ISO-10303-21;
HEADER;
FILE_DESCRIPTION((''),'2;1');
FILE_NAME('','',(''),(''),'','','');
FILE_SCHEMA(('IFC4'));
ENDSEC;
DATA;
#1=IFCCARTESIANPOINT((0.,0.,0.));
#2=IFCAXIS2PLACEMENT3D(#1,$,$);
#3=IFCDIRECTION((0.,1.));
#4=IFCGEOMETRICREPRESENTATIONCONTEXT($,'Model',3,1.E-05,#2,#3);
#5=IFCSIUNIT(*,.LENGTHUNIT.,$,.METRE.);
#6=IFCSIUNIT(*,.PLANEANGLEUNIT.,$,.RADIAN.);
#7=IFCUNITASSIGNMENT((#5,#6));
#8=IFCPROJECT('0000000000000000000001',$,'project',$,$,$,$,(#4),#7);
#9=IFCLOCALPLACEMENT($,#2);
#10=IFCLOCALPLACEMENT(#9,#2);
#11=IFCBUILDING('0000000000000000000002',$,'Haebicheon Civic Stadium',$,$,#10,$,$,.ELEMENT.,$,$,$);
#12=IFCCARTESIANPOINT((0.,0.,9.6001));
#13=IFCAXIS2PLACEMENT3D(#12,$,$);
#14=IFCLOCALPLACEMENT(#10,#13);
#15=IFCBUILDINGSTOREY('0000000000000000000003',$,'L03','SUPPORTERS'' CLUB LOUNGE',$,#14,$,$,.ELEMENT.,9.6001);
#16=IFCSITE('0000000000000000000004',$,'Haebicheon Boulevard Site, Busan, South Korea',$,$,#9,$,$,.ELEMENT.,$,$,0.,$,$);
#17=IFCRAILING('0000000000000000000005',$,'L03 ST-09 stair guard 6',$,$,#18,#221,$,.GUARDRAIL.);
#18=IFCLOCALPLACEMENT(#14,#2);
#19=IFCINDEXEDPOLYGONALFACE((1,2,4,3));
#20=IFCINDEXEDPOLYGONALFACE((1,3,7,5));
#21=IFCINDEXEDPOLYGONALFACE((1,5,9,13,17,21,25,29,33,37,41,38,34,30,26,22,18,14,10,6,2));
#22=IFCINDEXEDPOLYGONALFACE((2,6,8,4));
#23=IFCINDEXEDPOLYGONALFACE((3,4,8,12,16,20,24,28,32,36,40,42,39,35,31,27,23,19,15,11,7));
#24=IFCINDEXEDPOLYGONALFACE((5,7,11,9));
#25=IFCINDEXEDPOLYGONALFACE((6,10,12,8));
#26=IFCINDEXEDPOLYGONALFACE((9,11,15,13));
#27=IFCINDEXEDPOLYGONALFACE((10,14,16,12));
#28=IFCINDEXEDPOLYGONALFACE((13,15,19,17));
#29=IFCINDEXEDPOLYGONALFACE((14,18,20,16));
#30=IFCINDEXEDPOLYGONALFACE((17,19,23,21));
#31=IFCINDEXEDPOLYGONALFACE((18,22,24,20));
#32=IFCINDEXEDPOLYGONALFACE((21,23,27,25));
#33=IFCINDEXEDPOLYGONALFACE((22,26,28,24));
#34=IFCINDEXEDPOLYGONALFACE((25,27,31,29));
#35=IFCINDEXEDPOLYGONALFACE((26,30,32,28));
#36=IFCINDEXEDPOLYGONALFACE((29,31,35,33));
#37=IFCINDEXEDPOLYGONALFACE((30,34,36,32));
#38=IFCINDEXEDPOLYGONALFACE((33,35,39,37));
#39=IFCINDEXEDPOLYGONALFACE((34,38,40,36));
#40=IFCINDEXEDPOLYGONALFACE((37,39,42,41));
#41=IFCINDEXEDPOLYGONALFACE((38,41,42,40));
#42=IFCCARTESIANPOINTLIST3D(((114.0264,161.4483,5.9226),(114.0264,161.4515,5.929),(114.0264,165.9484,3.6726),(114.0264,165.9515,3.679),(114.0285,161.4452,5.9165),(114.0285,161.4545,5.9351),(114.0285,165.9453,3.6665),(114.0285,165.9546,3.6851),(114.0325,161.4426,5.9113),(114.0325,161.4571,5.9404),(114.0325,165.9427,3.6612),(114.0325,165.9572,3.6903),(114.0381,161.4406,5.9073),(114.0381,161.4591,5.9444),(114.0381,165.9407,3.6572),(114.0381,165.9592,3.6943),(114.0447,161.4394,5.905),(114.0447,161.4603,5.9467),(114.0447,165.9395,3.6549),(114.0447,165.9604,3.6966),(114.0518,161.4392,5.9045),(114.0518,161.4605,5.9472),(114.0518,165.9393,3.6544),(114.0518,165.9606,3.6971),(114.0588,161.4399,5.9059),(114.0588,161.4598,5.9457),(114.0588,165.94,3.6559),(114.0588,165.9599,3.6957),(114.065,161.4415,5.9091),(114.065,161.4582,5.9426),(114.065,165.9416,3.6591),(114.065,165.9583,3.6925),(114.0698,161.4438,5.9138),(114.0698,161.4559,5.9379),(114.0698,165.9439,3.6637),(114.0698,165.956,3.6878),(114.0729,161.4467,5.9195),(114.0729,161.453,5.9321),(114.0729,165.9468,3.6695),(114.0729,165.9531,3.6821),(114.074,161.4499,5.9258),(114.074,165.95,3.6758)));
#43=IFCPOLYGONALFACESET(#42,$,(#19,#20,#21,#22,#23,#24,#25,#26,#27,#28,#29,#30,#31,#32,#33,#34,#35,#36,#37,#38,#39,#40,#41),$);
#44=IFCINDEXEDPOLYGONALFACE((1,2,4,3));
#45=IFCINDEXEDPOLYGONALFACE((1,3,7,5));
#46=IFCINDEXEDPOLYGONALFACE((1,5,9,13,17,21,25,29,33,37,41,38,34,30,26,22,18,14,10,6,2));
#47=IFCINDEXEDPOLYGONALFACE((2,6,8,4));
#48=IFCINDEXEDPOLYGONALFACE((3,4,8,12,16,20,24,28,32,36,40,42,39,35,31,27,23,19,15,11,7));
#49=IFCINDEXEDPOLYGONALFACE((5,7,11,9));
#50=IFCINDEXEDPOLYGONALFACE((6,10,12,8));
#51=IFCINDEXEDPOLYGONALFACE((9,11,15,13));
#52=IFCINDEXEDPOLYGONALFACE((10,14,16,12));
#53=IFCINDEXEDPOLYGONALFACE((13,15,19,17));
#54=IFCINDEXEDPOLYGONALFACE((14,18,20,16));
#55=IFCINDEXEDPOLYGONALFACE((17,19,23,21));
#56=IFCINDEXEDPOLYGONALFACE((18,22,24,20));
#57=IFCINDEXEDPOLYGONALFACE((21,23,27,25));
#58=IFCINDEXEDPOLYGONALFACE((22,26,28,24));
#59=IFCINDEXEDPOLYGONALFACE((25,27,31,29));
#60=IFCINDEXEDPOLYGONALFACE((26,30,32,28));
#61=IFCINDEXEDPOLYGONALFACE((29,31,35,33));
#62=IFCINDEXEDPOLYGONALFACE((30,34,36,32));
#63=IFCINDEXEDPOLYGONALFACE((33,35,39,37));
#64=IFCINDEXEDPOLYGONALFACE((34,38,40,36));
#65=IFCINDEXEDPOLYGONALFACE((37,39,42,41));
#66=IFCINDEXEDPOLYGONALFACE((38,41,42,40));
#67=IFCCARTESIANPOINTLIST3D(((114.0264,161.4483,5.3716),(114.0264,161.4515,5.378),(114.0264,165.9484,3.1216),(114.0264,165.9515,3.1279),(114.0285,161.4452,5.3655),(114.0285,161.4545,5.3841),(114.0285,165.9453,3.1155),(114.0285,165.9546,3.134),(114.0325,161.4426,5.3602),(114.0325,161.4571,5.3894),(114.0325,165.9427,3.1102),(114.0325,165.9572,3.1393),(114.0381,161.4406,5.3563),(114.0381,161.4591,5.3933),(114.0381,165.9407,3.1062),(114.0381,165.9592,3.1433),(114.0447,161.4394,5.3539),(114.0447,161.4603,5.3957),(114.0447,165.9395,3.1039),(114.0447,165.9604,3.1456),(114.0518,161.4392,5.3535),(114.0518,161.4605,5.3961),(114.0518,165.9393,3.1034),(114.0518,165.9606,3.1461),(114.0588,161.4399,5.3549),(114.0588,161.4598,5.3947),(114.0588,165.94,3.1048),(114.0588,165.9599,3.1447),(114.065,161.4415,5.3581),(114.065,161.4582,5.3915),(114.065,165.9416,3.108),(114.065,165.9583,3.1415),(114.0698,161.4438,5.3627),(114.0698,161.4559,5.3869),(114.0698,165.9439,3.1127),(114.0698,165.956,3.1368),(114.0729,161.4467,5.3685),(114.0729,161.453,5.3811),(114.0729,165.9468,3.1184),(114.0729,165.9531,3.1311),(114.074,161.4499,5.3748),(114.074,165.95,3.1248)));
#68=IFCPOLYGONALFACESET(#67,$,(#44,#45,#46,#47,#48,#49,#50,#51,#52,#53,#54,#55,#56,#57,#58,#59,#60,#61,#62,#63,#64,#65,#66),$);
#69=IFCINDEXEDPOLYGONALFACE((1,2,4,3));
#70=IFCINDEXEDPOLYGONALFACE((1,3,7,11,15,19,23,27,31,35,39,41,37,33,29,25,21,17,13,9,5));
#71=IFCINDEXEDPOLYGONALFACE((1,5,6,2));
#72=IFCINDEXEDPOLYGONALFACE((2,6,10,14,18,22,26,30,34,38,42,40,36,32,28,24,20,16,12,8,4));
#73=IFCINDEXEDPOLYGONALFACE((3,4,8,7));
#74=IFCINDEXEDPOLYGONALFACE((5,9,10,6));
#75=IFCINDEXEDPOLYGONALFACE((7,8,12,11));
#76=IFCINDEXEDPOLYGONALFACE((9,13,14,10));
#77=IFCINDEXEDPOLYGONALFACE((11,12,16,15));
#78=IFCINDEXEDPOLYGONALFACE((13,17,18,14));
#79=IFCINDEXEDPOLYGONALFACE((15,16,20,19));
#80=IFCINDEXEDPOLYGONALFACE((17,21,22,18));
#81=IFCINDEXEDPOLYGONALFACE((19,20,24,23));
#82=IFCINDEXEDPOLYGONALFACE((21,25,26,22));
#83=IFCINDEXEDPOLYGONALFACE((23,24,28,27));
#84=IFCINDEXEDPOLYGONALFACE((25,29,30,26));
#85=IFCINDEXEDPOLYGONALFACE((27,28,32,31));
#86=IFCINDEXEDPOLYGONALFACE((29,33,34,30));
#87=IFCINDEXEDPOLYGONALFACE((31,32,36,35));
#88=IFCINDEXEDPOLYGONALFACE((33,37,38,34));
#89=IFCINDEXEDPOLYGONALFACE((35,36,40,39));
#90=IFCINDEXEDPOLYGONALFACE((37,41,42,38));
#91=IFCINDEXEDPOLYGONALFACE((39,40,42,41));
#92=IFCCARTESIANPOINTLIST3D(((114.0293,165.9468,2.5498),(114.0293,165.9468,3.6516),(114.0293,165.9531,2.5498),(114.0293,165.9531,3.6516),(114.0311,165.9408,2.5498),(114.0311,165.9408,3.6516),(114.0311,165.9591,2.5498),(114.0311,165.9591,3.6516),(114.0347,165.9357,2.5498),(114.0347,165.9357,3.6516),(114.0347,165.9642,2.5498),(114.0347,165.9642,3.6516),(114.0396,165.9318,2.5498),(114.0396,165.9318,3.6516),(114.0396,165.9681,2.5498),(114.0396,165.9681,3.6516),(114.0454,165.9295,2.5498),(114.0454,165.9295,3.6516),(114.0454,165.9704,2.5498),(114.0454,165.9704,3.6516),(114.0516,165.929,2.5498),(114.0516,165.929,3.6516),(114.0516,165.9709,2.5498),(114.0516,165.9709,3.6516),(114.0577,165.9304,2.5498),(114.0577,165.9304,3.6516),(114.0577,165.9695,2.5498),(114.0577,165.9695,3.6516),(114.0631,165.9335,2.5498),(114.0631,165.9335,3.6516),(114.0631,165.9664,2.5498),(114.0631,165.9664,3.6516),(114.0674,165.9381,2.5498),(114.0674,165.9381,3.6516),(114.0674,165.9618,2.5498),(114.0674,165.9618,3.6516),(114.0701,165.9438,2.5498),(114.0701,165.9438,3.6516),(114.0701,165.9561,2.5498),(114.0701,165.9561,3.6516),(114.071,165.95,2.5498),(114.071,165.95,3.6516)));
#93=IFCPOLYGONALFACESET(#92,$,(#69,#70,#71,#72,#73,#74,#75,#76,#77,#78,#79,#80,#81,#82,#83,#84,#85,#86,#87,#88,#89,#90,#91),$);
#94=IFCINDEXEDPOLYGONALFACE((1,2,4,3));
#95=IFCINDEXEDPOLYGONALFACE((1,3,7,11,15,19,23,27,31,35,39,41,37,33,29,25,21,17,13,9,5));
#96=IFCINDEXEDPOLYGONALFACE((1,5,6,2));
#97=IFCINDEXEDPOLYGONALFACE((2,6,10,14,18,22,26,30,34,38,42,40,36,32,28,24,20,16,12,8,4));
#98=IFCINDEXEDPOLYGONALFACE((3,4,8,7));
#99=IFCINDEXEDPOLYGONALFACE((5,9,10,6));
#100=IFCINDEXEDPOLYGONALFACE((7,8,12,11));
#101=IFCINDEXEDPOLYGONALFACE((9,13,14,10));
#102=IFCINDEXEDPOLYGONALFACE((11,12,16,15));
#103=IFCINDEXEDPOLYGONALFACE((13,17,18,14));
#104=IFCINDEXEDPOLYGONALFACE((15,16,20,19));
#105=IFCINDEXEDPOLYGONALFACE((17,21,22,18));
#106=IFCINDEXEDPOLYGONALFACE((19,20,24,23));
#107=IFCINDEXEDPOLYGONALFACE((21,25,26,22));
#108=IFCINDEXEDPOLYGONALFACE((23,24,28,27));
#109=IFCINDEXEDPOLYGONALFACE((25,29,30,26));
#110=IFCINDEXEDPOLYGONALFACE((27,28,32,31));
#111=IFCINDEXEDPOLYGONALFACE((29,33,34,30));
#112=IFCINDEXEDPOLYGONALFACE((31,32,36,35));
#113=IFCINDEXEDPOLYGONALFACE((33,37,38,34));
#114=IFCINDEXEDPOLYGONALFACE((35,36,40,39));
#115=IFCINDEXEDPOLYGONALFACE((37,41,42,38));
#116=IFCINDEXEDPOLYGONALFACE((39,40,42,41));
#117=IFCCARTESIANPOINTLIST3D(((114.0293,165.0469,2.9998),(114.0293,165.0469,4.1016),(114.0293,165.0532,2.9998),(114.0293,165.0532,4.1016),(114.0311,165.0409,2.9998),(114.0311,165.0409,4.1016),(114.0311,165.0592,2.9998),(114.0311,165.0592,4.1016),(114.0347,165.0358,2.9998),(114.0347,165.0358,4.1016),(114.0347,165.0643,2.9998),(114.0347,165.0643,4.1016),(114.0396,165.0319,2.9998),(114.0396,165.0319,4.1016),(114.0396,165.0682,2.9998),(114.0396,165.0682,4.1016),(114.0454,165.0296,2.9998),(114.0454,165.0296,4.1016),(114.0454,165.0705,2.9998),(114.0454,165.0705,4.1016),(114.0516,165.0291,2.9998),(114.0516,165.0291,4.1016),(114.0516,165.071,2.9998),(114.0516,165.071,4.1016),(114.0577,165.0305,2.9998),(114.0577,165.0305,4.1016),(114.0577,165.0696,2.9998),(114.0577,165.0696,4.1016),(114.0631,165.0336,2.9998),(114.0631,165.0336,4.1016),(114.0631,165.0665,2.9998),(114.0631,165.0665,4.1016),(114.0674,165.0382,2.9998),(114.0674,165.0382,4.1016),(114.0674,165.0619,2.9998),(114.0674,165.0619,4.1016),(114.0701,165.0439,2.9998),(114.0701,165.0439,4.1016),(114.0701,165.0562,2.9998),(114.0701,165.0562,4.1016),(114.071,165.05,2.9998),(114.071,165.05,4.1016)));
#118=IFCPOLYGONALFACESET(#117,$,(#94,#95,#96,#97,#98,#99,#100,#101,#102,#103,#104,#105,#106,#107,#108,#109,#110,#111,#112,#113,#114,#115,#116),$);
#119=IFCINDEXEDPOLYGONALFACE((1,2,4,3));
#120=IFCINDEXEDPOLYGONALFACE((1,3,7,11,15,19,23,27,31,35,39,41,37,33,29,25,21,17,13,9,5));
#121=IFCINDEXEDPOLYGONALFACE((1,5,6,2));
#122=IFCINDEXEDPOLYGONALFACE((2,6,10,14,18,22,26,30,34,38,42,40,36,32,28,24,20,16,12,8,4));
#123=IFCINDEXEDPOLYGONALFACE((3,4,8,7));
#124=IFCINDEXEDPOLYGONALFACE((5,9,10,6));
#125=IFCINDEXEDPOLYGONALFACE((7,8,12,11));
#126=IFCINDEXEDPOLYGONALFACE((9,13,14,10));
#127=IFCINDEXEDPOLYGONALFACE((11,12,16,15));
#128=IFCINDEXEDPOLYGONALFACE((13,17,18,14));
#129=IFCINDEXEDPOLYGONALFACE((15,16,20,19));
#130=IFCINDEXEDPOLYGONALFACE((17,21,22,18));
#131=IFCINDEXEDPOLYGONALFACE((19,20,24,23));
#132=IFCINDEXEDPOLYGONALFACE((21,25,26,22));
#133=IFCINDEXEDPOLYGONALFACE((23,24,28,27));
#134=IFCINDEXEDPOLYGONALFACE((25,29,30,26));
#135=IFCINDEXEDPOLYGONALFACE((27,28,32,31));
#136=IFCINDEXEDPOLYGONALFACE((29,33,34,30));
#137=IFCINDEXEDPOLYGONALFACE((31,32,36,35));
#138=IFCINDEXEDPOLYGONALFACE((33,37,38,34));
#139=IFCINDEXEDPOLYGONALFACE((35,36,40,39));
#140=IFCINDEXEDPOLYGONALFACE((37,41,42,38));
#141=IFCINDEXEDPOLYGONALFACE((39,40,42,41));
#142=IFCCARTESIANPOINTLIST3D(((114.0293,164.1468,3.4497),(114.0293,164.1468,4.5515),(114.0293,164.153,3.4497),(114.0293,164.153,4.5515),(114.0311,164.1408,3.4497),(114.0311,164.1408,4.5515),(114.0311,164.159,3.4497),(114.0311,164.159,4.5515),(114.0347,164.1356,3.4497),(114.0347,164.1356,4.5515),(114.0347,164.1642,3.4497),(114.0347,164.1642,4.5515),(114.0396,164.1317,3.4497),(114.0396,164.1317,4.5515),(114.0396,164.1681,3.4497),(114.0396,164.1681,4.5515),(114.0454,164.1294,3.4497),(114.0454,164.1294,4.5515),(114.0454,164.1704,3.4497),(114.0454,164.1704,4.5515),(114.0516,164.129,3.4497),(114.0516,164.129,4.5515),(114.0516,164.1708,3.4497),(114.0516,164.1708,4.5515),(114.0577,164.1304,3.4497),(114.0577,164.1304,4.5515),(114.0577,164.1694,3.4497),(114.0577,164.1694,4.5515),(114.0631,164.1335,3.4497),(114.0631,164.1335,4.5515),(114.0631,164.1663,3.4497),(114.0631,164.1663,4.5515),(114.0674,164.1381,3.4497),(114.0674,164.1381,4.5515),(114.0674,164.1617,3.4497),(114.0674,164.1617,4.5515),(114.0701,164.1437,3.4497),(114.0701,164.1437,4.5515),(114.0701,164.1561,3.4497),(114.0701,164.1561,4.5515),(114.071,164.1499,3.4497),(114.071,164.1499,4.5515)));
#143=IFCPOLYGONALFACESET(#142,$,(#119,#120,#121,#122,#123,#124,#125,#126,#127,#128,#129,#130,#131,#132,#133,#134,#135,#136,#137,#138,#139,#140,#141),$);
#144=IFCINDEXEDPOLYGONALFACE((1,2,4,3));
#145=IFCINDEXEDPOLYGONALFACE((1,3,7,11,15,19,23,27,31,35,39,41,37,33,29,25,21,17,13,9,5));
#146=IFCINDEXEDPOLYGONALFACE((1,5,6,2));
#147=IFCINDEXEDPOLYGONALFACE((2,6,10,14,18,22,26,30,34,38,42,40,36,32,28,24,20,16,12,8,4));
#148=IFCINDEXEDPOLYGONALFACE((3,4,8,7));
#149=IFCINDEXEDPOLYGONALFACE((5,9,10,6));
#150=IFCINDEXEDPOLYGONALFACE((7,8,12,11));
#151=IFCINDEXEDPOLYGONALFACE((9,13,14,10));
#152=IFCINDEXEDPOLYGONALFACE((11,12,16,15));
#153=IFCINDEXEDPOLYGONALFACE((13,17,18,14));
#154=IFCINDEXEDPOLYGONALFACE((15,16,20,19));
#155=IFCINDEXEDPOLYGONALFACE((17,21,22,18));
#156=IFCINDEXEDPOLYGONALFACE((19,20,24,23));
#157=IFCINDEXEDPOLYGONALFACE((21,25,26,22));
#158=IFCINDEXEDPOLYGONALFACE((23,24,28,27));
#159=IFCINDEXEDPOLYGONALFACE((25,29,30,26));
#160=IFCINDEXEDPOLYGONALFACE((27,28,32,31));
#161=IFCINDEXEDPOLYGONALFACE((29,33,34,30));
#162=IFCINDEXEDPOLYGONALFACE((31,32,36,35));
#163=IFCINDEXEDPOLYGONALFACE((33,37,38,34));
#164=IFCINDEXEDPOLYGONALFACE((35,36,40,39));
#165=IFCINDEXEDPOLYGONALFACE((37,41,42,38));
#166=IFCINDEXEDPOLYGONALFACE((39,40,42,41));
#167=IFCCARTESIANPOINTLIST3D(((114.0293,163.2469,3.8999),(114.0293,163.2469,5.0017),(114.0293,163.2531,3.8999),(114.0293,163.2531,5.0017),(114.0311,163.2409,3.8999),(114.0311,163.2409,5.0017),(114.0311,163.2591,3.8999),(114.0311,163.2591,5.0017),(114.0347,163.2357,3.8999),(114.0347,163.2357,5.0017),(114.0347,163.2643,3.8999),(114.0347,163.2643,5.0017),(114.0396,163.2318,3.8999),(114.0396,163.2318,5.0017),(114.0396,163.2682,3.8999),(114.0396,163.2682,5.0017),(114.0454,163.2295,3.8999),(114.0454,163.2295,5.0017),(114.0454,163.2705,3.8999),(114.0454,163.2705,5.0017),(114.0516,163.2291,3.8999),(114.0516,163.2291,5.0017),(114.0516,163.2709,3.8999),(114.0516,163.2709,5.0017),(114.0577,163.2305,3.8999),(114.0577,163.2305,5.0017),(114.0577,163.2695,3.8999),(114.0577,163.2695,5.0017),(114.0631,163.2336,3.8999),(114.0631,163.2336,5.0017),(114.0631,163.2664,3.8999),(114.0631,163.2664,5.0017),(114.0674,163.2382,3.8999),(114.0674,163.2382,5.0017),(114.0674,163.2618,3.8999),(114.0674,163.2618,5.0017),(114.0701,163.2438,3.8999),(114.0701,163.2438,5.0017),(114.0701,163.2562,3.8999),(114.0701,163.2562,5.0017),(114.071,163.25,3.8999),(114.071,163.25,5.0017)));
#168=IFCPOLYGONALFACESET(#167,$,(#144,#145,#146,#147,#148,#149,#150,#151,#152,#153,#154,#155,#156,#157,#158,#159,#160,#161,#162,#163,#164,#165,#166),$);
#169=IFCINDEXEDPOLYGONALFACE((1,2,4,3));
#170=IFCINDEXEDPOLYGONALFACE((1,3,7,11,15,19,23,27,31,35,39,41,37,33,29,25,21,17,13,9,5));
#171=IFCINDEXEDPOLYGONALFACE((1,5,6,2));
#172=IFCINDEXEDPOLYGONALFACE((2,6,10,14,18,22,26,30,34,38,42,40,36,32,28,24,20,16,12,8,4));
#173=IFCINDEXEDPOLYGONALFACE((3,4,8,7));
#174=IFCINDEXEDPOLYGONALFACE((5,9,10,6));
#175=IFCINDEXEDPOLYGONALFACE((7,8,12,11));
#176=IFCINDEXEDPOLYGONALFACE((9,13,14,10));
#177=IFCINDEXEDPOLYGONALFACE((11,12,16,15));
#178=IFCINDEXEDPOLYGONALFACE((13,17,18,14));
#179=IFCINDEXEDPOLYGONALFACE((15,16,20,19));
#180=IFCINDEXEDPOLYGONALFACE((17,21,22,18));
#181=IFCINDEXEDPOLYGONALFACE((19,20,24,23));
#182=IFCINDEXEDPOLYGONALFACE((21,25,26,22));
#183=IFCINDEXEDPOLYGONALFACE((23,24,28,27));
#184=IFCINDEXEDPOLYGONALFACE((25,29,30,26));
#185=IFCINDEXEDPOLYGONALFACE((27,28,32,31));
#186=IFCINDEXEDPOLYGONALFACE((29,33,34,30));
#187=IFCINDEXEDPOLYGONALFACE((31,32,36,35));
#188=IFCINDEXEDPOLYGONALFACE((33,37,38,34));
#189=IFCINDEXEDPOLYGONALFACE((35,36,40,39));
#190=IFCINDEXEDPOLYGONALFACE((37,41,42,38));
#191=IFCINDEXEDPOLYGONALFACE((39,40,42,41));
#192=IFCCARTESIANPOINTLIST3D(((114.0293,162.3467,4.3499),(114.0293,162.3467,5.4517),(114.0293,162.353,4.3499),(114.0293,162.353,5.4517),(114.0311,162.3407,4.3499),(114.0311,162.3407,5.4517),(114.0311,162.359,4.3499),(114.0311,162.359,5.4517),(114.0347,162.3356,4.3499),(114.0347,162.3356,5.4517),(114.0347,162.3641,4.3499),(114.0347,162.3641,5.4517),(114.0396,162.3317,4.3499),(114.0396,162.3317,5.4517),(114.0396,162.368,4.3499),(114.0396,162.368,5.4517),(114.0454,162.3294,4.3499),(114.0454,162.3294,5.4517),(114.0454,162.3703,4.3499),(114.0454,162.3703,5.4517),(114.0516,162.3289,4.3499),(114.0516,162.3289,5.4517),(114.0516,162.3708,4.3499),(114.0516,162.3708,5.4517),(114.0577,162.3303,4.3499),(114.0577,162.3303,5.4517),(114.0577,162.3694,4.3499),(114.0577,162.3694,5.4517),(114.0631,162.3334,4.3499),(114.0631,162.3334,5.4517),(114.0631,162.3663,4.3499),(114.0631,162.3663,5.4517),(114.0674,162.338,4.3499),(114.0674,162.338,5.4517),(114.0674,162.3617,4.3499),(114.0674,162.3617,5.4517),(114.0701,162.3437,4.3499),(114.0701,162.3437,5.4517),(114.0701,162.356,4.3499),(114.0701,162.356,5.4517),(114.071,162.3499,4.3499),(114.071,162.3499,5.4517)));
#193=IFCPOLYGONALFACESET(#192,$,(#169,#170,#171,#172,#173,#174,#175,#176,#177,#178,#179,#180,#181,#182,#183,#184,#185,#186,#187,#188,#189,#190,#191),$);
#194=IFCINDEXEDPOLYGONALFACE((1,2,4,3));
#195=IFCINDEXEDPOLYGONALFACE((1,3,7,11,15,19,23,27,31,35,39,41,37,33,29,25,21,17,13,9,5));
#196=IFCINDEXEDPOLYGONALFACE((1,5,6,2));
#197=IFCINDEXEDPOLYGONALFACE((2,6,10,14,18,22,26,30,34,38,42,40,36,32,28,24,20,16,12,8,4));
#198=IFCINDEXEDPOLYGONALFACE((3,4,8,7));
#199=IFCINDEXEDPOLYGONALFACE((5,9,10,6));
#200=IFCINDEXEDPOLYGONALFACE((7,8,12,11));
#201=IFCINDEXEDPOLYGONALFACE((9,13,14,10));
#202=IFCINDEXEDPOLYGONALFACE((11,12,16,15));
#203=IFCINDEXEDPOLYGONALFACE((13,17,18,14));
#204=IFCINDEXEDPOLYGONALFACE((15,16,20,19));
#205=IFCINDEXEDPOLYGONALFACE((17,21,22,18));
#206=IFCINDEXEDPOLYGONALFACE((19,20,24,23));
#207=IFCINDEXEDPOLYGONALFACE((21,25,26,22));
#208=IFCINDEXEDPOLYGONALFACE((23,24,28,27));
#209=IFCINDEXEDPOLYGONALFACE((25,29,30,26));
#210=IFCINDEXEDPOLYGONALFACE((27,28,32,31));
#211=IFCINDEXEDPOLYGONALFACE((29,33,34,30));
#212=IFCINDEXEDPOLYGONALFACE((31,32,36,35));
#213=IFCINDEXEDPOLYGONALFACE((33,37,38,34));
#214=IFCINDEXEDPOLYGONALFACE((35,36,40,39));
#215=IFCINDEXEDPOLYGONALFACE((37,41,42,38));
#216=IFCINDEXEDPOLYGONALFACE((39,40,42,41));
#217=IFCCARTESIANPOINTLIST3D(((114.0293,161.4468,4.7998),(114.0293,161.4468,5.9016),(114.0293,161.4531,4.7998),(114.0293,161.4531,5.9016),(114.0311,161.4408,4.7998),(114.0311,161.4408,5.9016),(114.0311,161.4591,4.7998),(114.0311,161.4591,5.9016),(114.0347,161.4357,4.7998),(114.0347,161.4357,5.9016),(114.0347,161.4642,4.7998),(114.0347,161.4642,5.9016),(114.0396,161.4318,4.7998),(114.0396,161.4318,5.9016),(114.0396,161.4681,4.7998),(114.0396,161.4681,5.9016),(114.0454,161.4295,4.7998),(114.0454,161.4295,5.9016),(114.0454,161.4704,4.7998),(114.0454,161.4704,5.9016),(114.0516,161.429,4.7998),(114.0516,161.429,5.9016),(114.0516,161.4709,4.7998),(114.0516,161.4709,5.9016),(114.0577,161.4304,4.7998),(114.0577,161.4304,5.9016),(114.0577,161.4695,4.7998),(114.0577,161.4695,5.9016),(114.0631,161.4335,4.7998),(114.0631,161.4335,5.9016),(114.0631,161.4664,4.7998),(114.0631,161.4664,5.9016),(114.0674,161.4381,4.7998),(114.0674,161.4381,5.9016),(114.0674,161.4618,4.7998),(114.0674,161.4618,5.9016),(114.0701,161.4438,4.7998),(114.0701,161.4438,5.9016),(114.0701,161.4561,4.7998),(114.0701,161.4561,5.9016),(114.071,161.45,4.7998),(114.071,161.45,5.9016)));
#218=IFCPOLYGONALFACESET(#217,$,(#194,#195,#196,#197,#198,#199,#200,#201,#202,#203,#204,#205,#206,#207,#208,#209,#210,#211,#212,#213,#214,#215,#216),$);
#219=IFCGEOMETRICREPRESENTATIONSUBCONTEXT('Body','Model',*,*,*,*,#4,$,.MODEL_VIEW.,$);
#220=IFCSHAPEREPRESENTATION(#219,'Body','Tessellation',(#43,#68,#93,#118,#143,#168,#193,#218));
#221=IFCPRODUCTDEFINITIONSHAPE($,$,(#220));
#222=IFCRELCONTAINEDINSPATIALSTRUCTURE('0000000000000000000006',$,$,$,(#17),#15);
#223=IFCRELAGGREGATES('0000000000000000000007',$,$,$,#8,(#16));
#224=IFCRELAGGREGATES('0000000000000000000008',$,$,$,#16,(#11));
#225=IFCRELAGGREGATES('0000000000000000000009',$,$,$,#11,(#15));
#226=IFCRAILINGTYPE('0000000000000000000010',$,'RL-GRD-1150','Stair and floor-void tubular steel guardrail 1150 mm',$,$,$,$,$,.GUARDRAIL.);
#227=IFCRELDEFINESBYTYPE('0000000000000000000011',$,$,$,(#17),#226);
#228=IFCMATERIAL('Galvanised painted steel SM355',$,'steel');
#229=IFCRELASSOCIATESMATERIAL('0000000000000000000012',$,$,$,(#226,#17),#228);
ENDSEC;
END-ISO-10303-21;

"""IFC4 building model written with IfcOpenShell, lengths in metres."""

from ifc_helpers import new_model, si_unit, direction, frame, origin, origin_2d, place, context, subcontext, project, spatial, circle, extrude, material, type_object, element, save


model = new_model("IFC4")

# Units and contexts
model_context = context("Model", 3, precision=1e-05, world=origin(), true_north=direction((0.0, 1.0)))
body_context = subcontext(model_context, "Body", "Model", "MODEL_VIEW")
ifc_project = project(units=[si_unit("LENGTHUNIT", "METRE"), si_unit("PLANEANGLEUNIT", "RADIAN")], contexts=[model_context])

# Site, building, storey
site_placement = place(None, origin())
site = spatial("IfcSite", under=ifc_project, at=site_placement, Name="Haebicheon Boulevard Site, Busan, South Korea", CompositionType="ELEMENT", RefElevation=0.0)
building_placement = place(site_placement, origin())
building = spatial("IfcBuilding", under=site, at=building_placement, Name="Haebicheon Civic Stadium", CompositionType="ELEMENT")
storey_placement = place(building_placement, frame((0.0, 0.0, 9.6001)))
storey = spatial("IfcBuildingStorey", under=building, at=storey_placement, Name="L03", Description="SUPPORTERS' CLUB LOUNGE", CompositionType="ELEMENT", Elevation=9.6001)

# Railing
ifc_material_1 = material(Name="Galvanised painted steel SM355", Category="steel")
railing_type_1 = type_object("IfcRailingType", Name="RL-GRD-1150", Description="Stair and floor-void tubular steel guardrail 1150 mm", PredefinedType="GUARDRAIL", material=ifc_material_1)
railing_1_placement = place(storey_placement, frame((114.05, 165.95, 2.5498)))
element("IfcRailing", 1, at=railing_1_placement, inside=storey, type_object=railing_type_1, material=ifc_material_1, Name="L03 ST-09 stair guard 6", PredefinedType="GUARDRAIL", context=body_context, shape_type="SweptSolid", body=[
    extrude(circle(Radius=0.0239, at=origin_2d()), frame((0.0, 0.0, 1.126), z_axis=(0.0, -0.894427, 0.447214), x_axis=(1.0, 0.0, 0.0)), (0.0, 0.0, 1.0), 5.0312),
    extrude(circle(Radius=0.0239, at=origin_2d()), frame((0.0, 0.0, 0.575), z_axis=(0.0, -0.894427, 0.447214), x_axis=(1.0, 0.0, 0.0)), (0.0, 0.0, 1.0), 5.0312),
    extrude(circle(Radius=0.021, at=origin_2d()), origin(), (0.0, 0.0, 1.0), 1.1018),
    extrude(circle(Radius=0.021, at=origin_2d()), frame((0.0, -0.8999, 0.45)), (0.0, 0.0, 1.0), 1.1018),
    extrude(circle(Radius=0.021, at=origin_2d()), frame((0.0, -1.8, 0.8999)), (0.0, 0.0, 1.0), 1.1018),
    extrude(circle(Radius=0.021, at=origin_2d()), frame((0.0, -2.7, 1.3501)), (0.0, 0.0, 1.0), 1.1018),
    extrude(circle(Radius=0.021, at=origin_2d()), frame((0.0, -3.6001, 1.8)), (0.0, 0.0, 1.0), 1.1018),
    extrude(circle(Radius=0.021, at=origin_2d()), frame((0.0, -4.5, 2.25)), (0.0, 0.0, 1.0), 1.1018),
])

save(model, "model.ifc")
